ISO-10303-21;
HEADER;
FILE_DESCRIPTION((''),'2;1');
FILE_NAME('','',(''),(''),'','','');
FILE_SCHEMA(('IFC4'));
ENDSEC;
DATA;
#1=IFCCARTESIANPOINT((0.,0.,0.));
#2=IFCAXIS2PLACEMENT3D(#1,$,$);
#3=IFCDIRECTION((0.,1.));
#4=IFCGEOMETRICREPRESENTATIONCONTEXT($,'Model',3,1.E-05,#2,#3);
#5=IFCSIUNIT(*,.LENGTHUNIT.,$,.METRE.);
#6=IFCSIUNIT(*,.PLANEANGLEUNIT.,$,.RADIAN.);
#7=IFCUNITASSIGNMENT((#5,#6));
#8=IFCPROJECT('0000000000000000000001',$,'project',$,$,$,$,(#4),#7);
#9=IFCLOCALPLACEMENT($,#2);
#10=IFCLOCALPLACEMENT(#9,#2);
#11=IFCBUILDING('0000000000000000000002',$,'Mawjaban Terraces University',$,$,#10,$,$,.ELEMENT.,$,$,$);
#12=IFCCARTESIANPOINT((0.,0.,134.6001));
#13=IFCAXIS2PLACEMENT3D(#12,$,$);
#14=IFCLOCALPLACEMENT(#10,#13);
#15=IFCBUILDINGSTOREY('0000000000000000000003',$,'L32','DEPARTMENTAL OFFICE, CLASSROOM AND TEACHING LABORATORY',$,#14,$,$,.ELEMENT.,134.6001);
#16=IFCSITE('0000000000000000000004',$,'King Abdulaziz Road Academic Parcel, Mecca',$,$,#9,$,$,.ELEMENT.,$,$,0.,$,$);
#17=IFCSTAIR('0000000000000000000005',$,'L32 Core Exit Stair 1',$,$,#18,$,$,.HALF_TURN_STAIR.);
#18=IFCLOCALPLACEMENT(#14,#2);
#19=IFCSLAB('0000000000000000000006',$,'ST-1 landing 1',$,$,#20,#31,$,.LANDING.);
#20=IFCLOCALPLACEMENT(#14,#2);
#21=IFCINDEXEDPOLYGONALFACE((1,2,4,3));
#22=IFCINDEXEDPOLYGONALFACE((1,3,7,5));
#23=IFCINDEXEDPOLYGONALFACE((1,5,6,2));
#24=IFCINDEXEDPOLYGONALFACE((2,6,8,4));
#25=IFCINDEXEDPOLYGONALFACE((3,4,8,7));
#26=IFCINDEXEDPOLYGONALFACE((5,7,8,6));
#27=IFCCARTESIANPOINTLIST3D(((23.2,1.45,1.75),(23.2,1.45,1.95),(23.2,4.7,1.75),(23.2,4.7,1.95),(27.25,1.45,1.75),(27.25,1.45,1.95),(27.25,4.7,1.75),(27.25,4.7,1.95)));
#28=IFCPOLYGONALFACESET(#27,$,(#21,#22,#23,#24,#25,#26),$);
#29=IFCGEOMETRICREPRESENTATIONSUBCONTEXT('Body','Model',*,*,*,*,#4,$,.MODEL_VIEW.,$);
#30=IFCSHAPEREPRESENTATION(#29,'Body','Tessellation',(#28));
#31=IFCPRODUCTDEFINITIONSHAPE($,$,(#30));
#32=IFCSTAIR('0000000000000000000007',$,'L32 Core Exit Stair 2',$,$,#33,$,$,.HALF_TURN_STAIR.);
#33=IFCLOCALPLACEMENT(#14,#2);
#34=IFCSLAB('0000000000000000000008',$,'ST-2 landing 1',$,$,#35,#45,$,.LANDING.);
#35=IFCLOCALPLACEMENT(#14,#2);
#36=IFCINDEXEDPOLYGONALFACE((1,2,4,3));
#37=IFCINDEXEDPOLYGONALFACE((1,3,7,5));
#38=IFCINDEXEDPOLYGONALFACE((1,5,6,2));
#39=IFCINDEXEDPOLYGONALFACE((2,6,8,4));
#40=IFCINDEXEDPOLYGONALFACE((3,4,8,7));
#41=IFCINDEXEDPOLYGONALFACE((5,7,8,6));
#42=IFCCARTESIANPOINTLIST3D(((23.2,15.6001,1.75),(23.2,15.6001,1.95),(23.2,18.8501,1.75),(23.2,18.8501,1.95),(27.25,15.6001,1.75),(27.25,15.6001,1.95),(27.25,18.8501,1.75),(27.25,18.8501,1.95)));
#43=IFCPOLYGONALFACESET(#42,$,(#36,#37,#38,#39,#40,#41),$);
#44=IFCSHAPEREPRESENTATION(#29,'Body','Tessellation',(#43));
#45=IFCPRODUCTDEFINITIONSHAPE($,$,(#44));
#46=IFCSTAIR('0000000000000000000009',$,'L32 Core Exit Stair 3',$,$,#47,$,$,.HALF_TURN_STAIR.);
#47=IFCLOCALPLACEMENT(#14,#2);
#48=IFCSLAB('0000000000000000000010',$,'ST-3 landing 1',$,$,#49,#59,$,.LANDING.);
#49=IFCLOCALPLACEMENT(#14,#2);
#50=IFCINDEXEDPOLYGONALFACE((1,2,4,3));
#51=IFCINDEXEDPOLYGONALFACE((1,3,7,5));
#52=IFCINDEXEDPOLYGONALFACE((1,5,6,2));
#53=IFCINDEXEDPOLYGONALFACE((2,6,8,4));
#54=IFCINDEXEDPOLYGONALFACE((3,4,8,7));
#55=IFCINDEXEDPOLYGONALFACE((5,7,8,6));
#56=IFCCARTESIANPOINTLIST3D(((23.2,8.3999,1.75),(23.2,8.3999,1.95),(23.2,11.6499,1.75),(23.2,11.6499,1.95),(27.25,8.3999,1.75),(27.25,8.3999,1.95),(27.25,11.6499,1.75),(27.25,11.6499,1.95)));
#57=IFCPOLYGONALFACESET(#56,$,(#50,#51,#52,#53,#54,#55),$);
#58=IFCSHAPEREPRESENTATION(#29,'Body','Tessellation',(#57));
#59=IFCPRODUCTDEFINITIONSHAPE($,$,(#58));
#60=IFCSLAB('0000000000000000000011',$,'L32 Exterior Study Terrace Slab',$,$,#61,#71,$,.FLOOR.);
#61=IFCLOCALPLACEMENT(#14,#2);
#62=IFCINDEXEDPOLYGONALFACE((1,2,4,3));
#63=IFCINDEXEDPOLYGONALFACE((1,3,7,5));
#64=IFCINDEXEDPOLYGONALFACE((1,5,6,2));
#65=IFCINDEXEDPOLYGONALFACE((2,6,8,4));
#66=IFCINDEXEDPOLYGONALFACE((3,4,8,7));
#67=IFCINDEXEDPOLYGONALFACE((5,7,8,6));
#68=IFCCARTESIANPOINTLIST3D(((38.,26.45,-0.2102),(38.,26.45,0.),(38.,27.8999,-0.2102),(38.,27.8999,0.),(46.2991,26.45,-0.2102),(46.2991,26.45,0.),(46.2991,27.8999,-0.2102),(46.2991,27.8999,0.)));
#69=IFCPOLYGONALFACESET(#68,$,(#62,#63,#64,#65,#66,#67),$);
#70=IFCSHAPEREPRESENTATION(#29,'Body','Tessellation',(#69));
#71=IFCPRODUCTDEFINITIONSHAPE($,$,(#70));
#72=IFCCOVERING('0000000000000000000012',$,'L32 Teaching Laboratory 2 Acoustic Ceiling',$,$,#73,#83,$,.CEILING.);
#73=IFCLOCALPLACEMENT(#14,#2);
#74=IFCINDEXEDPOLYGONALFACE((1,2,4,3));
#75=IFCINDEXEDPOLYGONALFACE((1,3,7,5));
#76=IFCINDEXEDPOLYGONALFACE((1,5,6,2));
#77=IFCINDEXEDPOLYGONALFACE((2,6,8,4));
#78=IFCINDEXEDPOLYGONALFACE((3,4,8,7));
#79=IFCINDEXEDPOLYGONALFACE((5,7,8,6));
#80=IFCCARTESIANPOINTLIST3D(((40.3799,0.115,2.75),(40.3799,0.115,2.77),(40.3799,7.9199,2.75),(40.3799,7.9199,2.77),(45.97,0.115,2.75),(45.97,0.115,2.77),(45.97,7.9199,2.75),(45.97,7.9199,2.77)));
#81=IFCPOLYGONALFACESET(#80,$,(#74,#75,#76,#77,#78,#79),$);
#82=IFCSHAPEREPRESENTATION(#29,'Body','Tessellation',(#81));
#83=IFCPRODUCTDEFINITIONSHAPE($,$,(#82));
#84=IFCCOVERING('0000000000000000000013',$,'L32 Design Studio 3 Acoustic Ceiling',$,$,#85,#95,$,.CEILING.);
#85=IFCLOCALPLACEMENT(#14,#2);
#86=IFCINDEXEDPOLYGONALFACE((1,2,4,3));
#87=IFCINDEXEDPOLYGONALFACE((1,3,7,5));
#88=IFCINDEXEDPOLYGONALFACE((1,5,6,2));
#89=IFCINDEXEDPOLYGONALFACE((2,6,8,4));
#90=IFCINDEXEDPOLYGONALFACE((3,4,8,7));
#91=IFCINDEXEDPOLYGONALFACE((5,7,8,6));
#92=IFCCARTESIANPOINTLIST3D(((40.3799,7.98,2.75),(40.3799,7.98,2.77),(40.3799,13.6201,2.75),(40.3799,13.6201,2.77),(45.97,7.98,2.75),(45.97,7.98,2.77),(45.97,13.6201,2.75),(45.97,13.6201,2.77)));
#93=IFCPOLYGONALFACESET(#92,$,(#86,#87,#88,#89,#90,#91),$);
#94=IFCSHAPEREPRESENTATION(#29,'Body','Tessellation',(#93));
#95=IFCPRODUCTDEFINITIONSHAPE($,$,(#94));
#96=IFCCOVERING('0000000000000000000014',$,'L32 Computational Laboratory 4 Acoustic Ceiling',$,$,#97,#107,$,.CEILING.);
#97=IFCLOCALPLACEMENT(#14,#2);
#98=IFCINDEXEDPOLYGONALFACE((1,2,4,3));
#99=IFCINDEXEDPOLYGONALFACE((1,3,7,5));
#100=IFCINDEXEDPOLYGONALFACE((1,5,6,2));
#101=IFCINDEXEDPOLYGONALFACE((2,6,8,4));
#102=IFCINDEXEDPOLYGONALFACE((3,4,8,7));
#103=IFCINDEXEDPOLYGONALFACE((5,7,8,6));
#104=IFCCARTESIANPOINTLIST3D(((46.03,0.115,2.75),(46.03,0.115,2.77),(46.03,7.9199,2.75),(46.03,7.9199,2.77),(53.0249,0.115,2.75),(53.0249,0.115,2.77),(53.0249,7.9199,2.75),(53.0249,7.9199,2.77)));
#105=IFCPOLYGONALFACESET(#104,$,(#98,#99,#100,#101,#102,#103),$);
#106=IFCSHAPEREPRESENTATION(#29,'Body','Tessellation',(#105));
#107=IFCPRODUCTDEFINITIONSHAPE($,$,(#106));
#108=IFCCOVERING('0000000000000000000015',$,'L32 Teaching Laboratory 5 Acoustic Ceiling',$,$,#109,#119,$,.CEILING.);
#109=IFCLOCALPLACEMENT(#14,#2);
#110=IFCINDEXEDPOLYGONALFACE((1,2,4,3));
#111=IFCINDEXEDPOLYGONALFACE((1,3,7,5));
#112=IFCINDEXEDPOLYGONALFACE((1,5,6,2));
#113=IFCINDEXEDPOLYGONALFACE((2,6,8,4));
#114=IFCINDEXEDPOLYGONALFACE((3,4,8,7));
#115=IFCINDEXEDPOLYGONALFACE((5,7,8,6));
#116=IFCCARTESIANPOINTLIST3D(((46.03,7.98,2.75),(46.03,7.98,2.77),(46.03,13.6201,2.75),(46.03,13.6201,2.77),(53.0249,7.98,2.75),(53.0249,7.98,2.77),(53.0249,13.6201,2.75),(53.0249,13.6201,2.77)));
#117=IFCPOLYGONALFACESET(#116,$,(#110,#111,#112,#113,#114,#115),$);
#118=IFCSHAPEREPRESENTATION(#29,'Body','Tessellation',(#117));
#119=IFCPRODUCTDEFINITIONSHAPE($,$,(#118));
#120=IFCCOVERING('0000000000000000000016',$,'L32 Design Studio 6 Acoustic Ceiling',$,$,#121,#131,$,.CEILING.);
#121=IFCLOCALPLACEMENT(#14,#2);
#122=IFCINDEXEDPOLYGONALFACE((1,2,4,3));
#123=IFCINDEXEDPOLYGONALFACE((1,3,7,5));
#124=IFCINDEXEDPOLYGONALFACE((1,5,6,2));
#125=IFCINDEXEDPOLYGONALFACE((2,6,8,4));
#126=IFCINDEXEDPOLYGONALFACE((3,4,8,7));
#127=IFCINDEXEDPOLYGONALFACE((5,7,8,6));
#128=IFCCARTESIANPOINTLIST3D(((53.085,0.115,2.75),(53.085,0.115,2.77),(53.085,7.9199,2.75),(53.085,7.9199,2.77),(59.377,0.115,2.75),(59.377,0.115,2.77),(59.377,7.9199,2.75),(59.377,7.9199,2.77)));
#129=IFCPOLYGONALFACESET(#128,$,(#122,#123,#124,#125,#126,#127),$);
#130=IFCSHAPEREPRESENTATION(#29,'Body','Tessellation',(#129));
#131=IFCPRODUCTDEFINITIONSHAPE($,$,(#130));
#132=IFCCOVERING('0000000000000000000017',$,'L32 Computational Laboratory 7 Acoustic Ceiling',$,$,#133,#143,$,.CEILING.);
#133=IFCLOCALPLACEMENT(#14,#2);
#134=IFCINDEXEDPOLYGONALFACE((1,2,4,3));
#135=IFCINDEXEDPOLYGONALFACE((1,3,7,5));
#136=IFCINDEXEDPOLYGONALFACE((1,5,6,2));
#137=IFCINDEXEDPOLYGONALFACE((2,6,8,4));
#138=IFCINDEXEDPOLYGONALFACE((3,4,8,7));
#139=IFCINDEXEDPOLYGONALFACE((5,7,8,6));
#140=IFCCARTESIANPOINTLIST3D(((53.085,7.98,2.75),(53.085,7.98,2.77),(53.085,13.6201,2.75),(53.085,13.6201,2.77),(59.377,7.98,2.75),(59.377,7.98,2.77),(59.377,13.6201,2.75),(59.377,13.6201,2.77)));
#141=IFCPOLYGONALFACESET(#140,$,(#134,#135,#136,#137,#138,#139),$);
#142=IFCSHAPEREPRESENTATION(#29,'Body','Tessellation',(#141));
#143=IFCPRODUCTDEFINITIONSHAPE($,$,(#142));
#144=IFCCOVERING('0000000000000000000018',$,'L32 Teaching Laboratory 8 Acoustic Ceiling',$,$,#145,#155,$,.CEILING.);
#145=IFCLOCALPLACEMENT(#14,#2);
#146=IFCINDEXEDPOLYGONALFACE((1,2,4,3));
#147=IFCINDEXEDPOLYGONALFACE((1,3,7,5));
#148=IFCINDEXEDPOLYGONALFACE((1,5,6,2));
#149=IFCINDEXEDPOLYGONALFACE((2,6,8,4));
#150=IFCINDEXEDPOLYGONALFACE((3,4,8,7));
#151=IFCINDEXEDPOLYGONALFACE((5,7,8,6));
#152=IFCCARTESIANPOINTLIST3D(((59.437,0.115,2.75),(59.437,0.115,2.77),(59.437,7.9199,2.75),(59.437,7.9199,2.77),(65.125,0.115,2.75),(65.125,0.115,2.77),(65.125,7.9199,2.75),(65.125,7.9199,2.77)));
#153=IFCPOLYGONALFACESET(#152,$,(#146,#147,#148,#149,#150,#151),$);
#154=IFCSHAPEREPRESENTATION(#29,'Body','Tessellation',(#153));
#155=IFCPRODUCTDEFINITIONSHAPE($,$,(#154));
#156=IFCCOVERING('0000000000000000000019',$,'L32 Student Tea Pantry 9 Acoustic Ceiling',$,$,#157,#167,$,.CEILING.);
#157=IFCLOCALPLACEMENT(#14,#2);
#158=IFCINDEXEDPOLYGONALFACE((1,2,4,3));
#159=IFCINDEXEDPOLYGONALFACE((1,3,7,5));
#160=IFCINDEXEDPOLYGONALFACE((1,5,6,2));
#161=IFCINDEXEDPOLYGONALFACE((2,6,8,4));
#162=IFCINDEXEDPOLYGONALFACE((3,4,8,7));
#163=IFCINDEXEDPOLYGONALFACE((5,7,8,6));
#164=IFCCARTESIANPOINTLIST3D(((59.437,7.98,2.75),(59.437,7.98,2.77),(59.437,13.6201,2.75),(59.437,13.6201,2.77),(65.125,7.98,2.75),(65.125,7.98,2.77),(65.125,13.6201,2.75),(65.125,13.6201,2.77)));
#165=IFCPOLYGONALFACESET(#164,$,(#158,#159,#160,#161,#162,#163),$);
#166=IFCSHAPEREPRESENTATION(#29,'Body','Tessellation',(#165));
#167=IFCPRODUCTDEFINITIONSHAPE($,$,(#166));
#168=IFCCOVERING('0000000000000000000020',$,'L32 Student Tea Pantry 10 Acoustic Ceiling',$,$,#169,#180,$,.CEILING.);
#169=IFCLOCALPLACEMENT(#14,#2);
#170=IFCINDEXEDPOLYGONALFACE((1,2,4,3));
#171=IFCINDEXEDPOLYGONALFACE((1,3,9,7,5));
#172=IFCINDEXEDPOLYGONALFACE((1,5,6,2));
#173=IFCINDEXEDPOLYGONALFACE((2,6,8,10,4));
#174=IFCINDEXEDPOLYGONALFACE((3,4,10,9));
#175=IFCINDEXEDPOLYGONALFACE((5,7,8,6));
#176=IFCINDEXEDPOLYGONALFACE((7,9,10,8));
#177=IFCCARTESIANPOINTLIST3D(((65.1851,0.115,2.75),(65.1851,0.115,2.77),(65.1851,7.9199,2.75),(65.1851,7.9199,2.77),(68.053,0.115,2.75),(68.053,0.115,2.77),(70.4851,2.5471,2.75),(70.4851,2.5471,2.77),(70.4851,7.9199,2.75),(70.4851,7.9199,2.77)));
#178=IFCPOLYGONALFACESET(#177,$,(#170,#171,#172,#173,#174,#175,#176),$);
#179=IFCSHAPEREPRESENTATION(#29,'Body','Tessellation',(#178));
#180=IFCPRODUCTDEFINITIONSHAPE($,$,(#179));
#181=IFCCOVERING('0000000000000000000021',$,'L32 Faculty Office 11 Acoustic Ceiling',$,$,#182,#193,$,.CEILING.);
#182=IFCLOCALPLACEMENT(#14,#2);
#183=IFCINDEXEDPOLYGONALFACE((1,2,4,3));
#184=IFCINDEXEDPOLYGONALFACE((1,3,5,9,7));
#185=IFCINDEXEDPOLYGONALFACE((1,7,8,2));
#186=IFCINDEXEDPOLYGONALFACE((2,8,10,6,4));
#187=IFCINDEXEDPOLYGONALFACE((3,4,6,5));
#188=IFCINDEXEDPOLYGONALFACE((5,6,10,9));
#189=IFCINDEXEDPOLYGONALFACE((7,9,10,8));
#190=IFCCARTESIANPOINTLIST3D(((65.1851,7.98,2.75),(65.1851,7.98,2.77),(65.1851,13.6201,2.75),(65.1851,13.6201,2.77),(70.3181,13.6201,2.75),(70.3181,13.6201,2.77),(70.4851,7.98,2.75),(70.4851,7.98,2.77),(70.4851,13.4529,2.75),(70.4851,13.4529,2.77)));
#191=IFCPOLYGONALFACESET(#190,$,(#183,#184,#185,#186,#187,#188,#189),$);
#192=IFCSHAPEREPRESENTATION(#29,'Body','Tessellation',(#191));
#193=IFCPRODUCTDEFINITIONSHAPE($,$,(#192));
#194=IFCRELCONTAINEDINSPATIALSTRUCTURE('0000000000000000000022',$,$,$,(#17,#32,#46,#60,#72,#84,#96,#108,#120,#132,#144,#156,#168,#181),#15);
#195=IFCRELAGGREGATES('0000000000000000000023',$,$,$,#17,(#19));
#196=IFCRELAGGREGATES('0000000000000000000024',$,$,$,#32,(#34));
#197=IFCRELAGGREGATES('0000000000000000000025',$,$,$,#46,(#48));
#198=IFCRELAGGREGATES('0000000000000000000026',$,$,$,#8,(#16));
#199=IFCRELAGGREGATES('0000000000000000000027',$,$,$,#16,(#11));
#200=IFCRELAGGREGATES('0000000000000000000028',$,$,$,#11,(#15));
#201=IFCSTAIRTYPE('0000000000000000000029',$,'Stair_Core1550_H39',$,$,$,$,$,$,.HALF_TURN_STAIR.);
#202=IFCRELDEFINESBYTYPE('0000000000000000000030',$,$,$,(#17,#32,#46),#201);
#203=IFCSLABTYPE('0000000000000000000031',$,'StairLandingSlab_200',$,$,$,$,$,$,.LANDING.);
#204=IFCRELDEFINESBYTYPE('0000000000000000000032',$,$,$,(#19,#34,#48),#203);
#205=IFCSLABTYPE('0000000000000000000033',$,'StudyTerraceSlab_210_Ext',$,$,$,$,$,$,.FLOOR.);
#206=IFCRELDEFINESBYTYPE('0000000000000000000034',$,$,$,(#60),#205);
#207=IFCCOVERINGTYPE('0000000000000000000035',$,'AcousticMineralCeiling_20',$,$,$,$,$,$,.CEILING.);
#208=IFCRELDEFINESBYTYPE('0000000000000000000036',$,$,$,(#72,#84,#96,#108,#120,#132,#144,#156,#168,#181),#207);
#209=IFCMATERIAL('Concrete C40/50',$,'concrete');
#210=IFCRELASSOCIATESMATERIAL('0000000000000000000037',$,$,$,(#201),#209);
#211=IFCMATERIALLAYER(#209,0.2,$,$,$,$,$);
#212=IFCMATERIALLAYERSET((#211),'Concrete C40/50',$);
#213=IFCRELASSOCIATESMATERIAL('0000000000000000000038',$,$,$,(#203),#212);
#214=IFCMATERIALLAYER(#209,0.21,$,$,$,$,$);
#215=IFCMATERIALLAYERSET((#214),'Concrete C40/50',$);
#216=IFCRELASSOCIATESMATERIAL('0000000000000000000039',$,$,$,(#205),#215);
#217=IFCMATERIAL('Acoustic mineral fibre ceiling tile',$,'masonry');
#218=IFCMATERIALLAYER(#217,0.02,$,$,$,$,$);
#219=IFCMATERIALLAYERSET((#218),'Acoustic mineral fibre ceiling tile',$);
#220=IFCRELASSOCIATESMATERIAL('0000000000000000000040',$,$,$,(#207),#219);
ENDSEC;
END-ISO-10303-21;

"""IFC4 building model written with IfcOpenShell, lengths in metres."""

from ifc_helpers import new_model, si_unit, direction, frame, origin, place, context, subcontext, project, spatial, polyline, outline, extrude, material, layer, layer_set, type_object, element, aggregate, save


model = new_model("IFC4")

# Units and contexts
model_context = context("Model", 3, precision=1e-05, world=origin(), true_north=direction((0.0, 1.0)))
body_context = subcontext(model_context, "Body", "Model", "MODEL_VIEW")
ifc_project = project(units=[si_unit("LENGTHUNIT", "METRE"), si_unit("PLANEANGLEUNIT", "RADIAN")], contexts=[model_context])

# Site, building, storey
site_placement = place(None, origin())
site = spatial("IfcSite", under=ifc_project, at=site_placement, Name="King Abdulaziz Road Academic Parcel, Mecca", CompositionType="ELEMENT", RefElevation=0.0)
building_placement = place(site_placement, origin())
building = spatial("IfcBuilding", under=site, at=building_placement, Name="Mawjaban Terraces University", CompositionType="ELEMENT")
storey_placement = place(building_placement, frame((0.0, 0.0, 134.6001)))
storey = spatial("IfcBuildingStorey", under=building, at=storey_placement, Name="L32", Description="DEPARTMENTAL OFFICE, CLASSROOM AND TEACHING LABORATORY", CompositionType="ELEMENT", Elevation=134.6001)

# Shared definitions
ifc_material_1 = material(Name="Concrete C40/50", Category="concrete")

# Stairs, slabs
stair_type = type_object("IfcStairType", Name="Stair_Core1550_H39", PredefinedType="HALF_TURN_STAIR", material=ifc_material_1)
stair_1_placement = place(storey_placement, origin())
stair_1 = element("IfcStair", 1, at=stair_1_placement, inside=storey, type_object=stair_type, Name="L32 Core Exit Stair 1", PredefinedType="HALF_TURN_STAIR")
ifc_layer_1 = layer(ifc_material_1, 0.2)
ifc_layer_set_1 = layer_set([ifc_layer_1], Name="Concrete C40/50")
slab_type_1 = type_object("IfcSlabType", Name="StairLandingSlab_200", PredefinedType="LANDING", material=ifc_layer_set_1)
slab_1_placement = place(storey_placement, frame((0.0, 0.0, 1.75)))
slab_1 = element("IfcSlab", 2, at=slab_1_placement, type_object=slab_type_1, Name="ST-1 landing 1", PredefinedType="LANDING", context=body_context, shape_type="SweptSolid", body=[
    extrude(outline(polyline([(27.25, 4.7), (23.2, 4.7), (23.2, 1.45), (27.25, 1.45), (27.25, 4.7)])), origin(), (0.0, 0.0, 1.0), 0.2),
])
aggregate(stair_1, [slab_1])
stair_2_placement = place(storey_placement, origin())
stair_2 = element("IfcStair", 3, at=stair_2_placement, inside=storey, type_object=stair_type, Name="L32 Core Exit Stair 2", PredefinedType="HALF_TURN_STAIR")
slab_2_placement = place(storey_placement, frame((0.0, 0.0, 1.75)))
slab_2 = element("IfcSlab", 4, at=slab_2_placement, type_object=slab_type_1, Name="ST-2 landing 1", PredefinedType="LANDING", context=body_context, shape_type="SweptSolid", body=[
    extrude(outline(polyline([(27.25, 18.8501), (23.2, 18.8501), (23.2, 15.6001), (27.25, 15.6001), (27.25, 18.8501)])), origin(), (0.0, 0.0, 1.0), 0.2),
])
aggregate(stair_2, [slab_2])
stair_3_placement = place(storey_placement, origin())
stair_3 = element("IfcStair", 5, at=stair_3_placement, inside=storey, type_object=stair_type, Name="L32 Core Exit Stair 3", PredefinedType="HALF_TURN_STAIR")
slab_3_placement = place(storey_placement, frame((0.0, 0.0, 1.75)))
slab_3 = element("IfcSlab", 6, at=slab_3_placement, type_object=slab_type_1, Name="ST-3 landing 1", PredefinedType="LANDING", context=body_context, shape_type="SweptSolid", body=[
    extrude(outline(polyline([(27.25, 11.6499), (23.2, 11.6499), (23.2, 8.3999), (27.25, 8.3999), (27.25, 11.6499)])), origin(), (0.0, 0.0, 1.0), 0.2),
])
aggregate(stair_3, [slab_3])

# Slab
ifc_layer_2 = layer(ifc_material_1, 0.21)
ifc_layer_set_2 = layer_set([ifc_layer_2], Name="Concrete C40/50")
slab_type_2 = type_object("IfcSlabType", Name="StudyTerraceSlab_210_Ext", PredefinedType="FLOOR", material=ifc_layer_set_2)
slab_4_placement = place(storey_placement, frame((0.0, 0.0, -0.2102)))
element("IfcSlab", 7, at=slab_4_placement, inside=storey, type_object=slab_type_2, Name="L32 Exterior Study Terrace Slab", PredefinedType="FLOOR", context=body_context, shape_type="SweptSolid", body=[
    extrude(outline(polyline([(38.0, 26.45), (46.2991, 26.45), (46.2991, 27.8999), (38.0, 27.8999), (38.0, 26.45)])), origin(), (0.0, 0.0, 1.0), 0.2102),
])

# Coverings
ifc_material_2 = material(Name="Acoustic mineral fibre ceiling tile", Category="masonry")
ifc_layer_3 = layer(ifc_material_2, 0.02)
ifc_layer_set_3 = layer_set([ifc_layer_3], Name="Acoustic mineral fibre ceiling tile")
covering_type = type_object("IfcCoveringType", Name="AcousticMineralCeiling_20", PredefinedType="CEILING", material=ifc_layer_set_3)
covering_1_placement = place(storey_placement, frame((0.0, 0.0, 2.75)))
element("IfcCovering", 8, at=covering_1_placement, inside=storey, type_object=covering_type, Name="L32 Teaching Laboratory 2 Acoustic Ceiling", PredefinedType="CEILING", context=body_context, shape_type="SweptSolid", body=[
    extrude(outline(polyline([(40.3799, 0.115), (45.97, 0.115), (45.97, 7.9199), (40.3799, 7.9199), (40.3799, 0.115)])), origin(), (0.0, 0.0, 1.0), 0.02),
])
covering_2_placement = place(storey_placement, frame((0.0, 0.0, 2.75)))
element("IfcCovering", 9, at=covering_2_placement, inside=storey, type_object=covering_type, Name="L32 Design Studio 3 Acoustic Ceiling", PredefinedType="CEILING", context=body_context, shape_type="SweptSolid", body=[
    extrude(outline(polyline([(45.97, 7.98), (45.97, 13.6201), (40.3799, 13.6201), (40.3799, 7.98), (45.97, 7.98)])), origin(), (0.0, 0.0, 1.0), 0.02),
])
covering_3_placement = place(storey_placement, frame((0.0, 0.0, 2.75)))
element("IfcCovering", 10, at=covering_3_placement, inside=storey, type_object=covering_type, Name="L32 Computational Laboratory 4 Acoustic Ceiling", PredefinedType="CEILING", context=body_context, shape_type="SweptSolid", body=[
    extrude(outline(polyline([(46.03, 0.115), (53.0249, 0.115), (53.0249, 7.9199), (46.03, 7.9199), (46.03, 0.115)])), origin(), (0.0, 0.0, 1.0), 0.02),
])
covering_4_placement = place(storey_placement, frame((0.0, 0.0, 2.75)))
element("IfcCovering", 11, at=covering_4_placement, inside=storey, type_object=covering_type, Name="L32 Teaching Laboratory 5 Acoustic Ceiling", PredefinedType="CEILING", context=body_context, shape_type="SweptSolid", body=[
    extrude(outline(polyline([(53.0249, 7.98), (53.0249, 13.6201), (46.03, 13.6201), (46.03, 7.98), (53.0249, 7.98)])), origin(), (0.0, 0.0, 1.0), 0.02),
])
covering_5_placement = place(storey_placement, frame((0.0, 0.0, 2.75)))
element("IfcCovering", 12, at=covering_5_placement, inside=storey, type_object=covering_type, Name="L32 Design Studio 6 Acoustic Ceiling", PredefinedType="CEILING", context=body_context, shape_type="SweptSolid", body=[
    extrude(outline(polyline([(53.085, 0.115), (59.377, 0.115), (59.377, 7.9199), (53.085, 7.9199), (53.085, 0.115)])), origin(), (0.0, 0.0, 1.0), 0.02),
])
covering_6_placement = place(storey_placement, frame((0.0, 0.0, 2.75)))
element("IfcCovering", 13, at=covering_6_placement, inside=storey, type_object=covering_type, Name="L32 Computational Laboratory 7 Acoustic Ceiling", PredefinedType="CEILING", context=body_context, shape_type="SweptSolid", body=[
    extrude(outline(polyline([(59.377, 7.98), (59.377, 13.6201), (53.085, 13.6201), (53.085, 7.98), (59.377, 7.98)])), origin(), (0.0, 0.0, 1.0), 0.02),
])
covering_7_placement = place(storey_placement, frame((0.0, 0.0, 2.75)))
element("IfcCovering", 14, at=covering_7_placement, inside=storey, type_object=covering_type, Name="L32 Teaching Laboratory 8 Acoustic Ceiling", PredefinedType="CEILING", context=body_context, shape_type="SweptSolid", body=[
    extrude(outline(polyline([(59.437, 0.115), (65.125, 0.115), (65.125, 7.9199), (59.437, 7.9199), (59.437, 0.115)])), origin(), (0.0, 0.0, 1.0), 0.02),
])
covering_8_placement = place(storey_placement, frame((0.0, 0.0, 2.75)))
element("IfcCovering", 15, at=covering_8_placement, inside=storey, type_object=covering_type, Name="L32 Student Tea Pantry 9 Acoustic Ceiling", PredefinedType="CEILING", context=body_context, shape_type="SweptSolid", body=[
    extrude(outline(polyline([(65.125, 7.98), (65.125, 13.6201), (59.437, 13.6201), (59.437, 7.98), (65.125, 7.98)])), origin(), (0.0, 0.0, 1.0), 0.02),
])
covering_9_placement = place(storey_placement, frame((0.0, 0.0, 2.75)))
element("IfcCovering", 16, at=covering_9_placement, inside=storey, type_object=covering_type, Name="L32 Student Tea Pantry 10 Acoustic Ceiling", PredefinedType="CEILING", context=body_context, shape_type="SweptSolid", body=[
    extrude(outline(polyline([(65.1851, 0.115), (68.053, 0.115), (70.4851, 2.5471), (70.4851, 7.9199), (65.1851, 7.9199), (65.1851, 0.115)])), origin(), (0.0, 0.0, 1.0), 0.02),
])
covering_10_placement = place(storey_placement, frame((0.0, 0.0, 2.75)))
element("IfcCovering", 17, at=covering_10_placement, inside=storey, type_object=covering_type, Name="L32 Faculty Office 11 Acoustic Ceiling", PredefinedType="CEILING", context=body_context, shape_type="SweptSolid", body=[
    extrude(outline(polyline([(70.4851, 7.98), (70.4851, 13.4529), (70.3181, 13.6201), (65.1851, 13.6201), (65.1851, 7.98), (70.4851, 7.98)])), origin(), (0.0, 0.0, 1.0), 0.02),
])

save(model, "model.ifc")
